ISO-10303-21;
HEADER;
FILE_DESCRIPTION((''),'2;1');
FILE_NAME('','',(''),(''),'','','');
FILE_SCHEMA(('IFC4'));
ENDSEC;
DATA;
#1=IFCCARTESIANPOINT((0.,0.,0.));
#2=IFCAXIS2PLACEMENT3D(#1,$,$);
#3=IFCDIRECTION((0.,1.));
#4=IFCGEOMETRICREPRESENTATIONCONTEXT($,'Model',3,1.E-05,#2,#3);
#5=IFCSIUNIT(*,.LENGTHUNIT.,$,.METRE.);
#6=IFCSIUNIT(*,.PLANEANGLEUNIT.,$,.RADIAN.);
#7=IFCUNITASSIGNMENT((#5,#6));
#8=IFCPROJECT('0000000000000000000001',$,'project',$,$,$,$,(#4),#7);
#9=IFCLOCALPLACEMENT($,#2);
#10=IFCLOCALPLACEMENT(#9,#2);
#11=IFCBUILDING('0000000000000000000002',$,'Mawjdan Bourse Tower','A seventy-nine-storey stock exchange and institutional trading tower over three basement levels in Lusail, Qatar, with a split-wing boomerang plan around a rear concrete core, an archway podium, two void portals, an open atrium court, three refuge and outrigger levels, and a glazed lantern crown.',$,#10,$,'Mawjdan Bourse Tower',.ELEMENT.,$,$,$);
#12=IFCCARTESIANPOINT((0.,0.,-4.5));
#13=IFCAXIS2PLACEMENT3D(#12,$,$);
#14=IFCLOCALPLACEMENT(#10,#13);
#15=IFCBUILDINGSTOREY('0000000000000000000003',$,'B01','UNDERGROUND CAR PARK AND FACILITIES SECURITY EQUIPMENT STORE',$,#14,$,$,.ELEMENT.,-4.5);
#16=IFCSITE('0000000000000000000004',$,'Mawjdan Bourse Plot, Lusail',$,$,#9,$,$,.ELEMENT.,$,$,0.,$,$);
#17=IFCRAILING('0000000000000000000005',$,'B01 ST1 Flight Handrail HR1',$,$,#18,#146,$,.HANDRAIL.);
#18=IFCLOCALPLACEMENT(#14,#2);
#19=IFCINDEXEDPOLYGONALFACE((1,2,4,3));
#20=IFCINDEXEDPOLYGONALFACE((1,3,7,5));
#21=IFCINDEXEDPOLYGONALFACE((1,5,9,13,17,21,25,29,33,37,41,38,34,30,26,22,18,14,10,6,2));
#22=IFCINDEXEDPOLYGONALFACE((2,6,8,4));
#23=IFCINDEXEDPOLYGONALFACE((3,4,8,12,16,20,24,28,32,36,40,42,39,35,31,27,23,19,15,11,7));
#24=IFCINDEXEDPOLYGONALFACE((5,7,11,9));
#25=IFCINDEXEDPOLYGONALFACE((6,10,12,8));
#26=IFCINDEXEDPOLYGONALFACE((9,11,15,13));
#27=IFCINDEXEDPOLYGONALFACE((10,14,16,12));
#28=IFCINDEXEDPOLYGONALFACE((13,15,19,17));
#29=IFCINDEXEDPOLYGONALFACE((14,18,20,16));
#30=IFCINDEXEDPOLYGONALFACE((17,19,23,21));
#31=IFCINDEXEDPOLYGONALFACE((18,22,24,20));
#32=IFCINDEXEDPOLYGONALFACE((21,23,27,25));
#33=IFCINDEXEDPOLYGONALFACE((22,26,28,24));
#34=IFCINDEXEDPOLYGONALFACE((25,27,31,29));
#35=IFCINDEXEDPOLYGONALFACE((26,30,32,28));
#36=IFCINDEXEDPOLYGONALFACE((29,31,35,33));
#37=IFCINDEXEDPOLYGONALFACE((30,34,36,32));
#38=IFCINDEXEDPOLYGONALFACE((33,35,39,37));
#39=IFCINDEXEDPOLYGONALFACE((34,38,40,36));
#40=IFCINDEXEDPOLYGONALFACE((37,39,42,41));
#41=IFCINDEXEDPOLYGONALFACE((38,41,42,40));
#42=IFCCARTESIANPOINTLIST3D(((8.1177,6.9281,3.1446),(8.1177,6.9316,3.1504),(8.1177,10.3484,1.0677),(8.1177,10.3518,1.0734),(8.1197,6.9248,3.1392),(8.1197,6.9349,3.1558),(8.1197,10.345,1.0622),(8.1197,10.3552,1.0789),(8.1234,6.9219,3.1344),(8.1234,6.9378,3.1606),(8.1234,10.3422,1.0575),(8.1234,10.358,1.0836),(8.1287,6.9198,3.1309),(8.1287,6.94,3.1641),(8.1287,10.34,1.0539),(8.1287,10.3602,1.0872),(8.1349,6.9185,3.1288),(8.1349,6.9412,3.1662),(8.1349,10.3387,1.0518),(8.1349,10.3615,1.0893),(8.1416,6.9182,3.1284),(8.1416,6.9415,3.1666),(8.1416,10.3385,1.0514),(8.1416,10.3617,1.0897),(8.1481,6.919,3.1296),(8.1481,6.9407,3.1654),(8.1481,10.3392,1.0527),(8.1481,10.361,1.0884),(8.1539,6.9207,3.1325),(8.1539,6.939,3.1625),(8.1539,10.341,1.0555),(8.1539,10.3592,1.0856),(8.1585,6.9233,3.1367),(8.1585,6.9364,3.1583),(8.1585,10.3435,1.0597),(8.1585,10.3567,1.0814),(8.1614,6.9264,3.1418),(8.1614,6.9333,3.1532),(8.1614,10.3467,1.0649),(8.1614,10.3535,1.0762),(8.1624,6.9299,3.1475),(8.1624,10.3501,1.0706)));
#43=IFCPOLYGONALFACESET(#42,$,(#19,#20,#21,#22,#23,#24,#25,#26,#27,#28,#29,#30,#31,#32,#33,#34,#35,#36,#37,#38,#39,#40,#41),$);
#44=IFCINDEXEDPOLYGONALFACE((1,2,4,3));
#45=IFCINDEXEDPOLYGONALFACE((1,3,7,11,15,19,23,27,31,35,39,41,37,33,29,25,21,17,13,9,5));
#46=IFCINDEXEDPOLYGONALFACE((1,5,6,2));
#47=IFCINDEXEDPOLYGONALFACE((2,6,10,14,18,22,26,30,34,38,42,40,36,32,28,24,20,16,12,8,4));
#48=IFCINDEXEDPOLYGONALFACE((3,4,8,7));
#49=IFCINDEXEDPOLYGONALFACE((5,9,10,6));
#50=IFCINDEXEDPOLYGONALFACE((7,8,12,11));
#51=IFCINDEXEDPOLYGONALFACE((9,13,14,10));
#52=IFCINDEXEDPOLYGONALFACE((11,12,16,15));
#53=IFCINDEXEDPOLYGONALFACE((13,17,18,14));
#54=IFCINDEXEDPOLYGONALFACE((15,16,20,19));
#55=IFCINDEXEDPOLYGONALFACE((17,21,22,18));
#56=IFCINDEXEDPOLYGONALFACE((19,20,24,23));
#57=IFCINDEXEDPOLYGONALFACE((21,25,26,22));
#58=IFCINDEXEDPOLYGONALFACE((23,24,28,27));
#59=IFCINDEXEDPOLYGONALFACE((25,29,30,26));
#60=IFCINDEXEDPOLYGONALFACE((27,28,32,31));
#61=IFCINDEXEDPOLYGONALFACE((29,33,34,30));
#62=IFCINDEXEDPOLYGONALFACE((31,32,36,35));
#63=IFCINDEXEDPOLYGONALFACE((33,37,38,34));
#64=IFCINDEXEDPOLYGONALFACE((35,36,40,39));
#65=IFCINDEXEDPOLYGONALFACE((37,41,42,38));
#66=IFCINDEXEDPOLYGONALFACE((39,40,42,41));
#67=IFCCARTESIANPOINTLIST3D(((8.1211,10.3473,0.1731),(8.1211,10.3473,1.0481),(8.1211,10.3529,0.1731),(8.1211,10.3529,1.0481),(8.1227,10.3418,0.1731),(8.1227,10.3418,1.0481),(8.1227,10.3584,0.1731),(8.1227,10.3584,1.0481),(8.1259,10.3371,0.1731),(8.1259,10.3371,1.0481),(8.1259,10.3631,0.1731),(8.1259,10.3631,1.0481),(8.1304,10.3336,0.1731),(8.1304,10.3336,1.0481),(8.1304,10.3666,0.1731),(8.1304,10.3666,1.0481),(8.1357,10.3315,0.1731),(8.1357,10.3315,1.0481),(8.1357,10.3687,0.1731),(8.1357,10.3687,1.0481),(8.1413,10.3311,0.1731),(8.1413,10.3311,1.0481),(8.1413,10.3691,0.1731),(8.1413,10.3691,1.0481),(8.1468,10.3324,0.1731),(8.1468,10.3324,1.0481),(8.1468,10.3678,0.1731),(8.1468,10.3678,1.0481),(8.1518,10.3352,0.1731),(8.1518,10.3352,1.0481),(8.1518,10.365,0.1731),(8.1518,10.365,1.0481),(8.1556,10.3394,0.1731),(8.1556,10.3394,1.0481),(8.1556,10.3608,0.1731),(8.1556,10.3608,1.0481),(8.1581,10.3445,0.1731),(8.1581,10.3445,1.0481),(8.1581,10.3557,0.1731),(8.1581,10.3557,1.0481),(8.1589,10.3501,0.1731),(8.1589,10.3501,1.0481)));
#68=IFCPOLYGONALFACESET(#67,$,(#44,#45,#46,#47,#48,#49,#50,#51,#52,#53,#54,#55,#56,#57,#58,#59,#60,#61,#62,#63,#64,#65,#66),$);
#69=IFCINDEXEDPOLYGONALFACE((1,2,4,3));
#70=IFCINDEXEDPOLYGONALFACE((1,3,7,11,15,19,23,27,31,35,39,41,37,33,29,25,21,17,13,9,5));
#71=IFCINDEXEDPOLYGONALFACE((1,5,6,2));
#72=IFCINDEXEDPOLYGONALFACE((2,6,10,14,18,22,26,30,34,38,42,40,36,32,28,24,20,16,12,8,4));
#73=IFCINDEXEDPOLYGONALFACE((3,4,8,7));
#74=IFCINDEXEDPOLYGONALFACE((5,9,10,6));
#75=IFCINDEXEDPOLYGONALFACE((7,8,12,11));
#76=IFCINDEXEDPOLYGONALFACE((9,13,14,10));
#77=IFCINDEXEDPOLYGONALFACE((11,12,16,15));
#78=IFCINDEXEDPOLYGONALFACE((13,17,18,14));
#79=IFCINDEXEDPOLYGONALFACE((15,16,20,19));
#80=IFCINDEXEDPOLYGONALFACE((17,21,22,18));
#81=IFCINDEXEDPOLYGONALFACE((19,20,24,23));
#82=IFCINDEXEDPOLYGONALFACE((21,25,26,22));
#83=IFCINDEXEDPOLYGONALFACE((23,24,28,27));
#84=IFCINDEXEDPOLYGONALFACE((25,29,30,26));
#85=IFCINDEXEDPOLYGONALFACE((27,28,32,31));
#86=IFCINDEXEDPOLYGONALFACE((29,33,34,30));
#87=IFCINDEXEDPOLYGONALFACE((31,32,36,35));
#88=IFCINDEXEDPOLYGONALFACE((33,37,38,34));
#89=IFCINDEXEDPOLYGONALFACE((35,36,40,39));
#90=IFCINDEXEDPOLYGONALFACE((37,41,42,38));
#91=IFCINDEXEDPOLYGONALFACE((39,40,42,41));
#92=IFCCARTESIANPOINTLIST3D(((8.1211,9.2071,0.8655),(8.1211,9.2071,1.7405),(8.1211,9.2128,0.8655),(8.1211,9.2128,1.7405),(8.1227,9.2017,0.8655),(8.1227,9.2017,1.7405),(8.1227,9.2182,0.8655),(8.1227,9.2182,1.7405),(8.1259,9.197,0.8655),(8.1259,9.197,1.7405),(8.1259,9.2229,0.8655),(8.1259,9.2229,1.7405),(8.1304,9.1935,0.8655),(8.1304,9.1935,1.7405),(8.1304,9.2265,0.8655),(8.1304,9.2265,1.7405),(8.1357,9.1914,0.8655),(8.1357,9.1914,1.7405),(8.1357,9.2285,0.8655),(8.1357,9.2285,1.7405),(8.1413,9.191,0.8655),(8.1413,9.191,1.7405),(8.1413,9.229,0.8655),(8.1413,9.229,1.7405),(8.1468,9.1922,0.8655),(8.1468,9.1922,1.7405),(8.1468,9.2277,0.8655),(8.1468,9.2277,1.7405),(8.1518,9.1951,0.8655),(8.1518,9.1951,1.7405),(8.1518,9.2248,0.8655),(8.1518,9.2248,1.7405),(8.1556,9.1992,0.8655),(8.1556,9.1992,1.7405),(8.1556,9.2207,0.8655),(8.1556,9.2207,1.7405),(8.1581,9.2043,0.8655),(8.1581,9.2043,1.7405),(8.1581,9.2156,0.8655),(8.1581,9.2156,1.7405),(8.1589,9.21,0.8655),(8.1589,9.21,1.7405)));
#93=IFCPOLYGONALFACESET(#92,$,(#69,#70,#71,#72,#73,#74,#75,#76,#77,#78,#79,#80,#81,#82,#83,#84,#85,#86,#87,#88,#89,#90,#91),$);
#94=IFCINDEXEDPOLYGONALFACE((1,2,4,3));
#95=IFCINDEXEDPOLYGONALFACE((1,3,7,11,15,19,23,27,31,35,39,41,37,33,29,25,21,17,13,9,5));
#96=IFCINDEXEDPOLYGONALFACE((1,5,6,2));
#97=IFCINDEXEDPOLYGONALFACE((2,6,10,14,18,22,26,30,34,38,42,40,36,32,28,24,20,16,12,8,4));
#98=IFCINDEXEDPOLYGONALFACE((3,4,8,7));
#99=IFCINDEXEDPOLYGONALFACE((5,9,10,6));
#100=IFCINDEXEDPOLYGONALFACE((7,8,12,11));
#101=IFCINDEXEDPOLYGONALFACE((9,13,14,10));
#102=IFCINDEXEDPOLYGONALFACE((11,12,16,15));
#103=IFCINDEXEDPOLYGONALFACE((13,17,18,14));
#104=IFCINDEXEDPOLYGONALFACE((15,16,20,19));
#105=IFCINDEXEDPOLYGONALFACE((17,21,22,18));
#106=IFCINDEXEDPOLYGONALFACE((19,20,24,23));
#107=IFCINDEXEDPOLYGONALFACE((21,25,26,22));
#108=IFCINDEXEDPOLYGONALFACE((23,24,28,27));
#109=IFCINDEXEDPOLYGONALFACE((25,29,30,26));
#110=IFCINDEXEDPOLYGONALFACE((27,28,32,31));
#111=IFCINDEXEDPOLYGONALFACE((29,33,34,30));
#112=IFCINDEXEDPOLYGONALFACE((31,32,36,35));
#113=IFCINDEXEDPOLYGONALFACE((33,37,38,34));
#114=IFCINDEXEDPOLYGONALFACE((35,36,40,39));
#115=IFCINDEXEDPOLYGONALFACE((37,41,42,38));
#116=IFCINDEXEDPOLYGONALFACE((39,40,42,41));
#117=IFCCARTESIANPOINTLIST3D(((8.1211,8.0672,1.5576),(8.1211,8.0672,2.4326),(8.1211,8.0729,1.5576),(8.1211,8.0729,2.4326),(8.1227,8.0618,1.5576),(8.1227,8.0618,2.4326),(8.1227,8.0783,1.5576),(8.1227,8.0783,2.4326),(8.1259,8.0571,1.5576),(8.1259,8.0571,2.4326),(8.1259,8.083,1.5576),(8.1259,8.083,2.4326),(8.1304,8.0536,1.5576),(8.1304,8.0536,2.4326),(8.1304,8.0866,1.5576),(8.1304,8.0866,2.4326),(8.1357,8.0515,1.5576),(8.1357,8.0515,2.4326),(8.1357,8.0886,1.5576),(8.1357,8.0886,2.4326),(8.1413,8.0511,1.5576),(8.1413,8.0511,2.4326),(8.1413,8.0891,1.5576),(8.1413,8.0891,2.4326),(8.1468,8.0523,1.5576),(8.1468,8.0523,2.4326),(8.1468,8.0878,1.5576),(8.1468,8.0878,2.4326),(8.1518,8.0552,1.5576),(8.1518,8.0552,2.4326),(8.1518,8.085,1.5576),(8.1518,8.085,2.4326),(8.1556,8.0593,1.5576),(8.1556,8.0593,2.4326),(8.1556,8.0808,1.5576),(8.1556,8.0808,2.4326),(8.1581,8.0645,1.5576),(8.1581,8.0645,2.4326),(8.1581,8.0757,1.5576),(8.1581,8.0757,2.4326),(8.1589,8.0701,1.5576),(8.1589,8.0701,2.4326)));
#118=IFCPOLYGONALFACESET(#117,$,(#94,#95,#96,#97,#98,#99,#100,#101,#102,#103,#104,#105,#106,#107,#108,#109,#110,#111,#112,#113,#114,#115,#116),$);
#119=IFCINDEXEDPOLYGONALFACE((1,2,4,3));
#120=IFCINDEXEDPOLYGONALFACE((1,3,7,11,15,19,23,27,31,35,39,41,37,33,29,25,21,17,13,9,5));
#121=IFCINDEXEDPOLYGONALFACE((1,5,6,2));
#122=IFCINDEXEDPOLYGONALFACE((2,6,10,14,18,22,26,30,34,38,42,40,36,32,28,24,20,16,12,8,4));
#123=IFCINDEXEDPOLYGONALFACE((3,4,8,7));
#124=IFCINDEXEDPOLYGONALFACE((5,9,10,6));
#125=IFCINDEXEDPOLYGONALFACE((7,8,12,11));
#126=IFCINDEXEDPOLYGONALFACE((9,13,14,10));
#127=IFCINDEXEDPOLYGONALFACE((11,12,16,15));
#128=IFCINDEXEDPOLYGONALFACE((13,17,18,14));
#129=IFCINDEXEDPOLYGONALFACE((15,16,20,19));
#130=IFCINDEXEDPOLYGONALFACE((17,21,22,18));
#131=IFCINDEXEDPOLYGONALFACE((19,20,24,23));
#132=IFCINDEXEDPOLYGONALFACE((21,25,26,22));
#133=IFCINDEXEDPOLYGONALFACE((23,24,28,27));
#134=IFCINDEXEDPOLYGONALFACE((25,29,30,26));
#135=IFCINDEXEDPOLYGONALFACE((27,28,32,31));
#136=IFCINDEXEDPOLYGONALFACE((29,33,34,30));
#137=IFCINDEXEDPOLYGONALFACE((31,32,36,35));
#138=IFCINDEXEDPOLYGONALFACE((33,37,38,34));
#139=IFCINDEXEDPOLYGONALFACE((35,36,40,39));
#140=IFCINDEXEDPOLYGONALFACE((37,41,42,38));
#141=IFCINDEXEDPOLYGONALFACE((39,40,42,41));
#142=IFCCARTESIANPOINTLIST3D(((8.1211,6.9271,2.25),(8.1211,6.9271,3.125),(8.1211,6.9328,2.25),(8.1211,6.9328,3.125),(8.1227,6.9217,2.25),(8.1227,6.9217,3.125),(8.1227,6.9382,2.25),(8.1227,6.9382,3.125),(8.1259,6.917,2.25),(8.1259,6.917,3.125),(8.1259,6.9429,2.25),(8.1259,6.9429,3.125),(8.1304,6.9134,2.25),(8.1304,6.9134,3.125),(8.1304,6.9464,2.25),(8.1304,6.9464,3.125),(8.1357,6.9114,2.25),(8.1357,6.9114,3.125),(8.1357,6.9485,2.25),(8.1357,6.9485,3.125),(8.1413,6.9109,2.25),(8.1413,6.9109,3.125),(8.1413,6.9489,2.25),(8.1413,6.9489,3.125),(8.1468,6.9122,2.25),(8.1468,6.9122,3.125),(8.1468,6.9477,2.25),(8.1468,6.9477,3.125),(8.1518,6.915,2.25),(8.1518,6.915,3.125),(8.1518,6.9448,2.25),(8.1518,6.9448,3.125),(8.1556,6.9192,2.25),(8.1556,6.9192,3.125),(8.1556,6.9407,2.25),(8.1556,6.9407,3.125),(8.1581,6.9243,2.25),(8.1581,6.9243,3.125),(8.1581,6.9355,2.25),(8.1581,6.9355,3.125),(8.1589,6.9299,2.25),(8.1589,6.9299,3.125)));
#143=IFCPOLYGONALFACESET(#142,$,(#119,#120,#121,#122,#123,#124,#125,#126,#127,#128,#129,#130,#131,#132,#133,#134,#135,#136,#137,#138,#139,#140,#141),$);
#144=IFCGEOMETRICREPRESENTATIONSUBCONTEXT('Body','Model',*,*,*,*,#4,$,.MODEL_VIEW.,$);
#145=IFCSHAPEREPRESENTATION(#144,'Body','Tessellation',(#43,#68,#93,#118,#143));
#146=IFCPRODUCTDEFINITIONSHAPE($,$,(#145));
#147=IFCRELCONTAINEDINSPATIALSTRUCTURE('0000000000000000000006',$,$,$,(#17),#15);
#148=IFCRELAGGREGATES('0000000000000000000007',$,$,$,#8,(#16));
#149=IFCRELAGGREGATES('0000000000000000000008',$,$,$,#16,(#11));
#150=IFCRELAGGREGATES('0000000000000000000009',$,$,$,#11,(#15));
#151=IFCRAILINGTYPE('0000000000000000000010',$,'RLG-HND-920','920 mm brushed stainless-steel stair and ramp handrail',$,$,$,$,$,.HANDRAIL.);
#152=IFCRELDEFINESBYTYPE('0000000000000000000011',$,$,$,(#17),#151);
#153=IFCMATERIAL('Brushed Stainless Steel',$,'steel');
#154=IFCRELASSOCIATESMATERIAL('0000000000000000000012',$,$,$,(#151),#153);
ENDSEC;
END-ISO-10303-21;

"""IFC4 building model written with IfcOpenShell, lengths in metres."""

from ifc_helpers import new_model, si_unit, direction, frame, origin, origin_2d, place, context, subcontext, project, spatial, circle, extrude, material, type_object, element, save


model = new_model("IFC4")

# Units and contexts
model_context = context("Model", 3, precision=1e-05, world=origin(), true_north=direction((0.0, 1.0)))
body_context = subcontext(model_context, "Body", "Model", "MODEL_VIEW")
ifc_project = project(units=[si_unit("LENGTHUNIT", "METRE"), si_unit("PLANEANGLEUNIT", "RADIAN")], contexts=[model_context])

# Site, building, storey
site_placement = place(None, origin())
site = spatial("IfcSite", under=ifc_project, at=site_placement, Name="Mawjdan Bourse Plot, Lusail", CompositionType="ELEMENT", RefElevation=0.0)
building_placement = place(site_placement, origin())
building = spatial("IfcBuilding", under=site, at=building_placement, Name="Mawjdan Bourse Tower", Description="A seventy-nine-storey stock exchange and institutional trading tower over three basement levels in Lusail, Qatar, with a split-wing boomerang plan around a rear concrete core, an archway podium, two void portals, an open atrium court, three refuge and outrigger levels, and a glazed lantern crown.", LongName="Mawjdan Bourse Tower", CompositionType="ELEMENT")
storey_placement = place(building_placement, frame((0.0, 0.0, -4.5)))
storey = spatial("IfcBuildingStorey", under=building, at=storey_placement, Name="B01", Description="UNDERGROUND CAR PARK AND FACILITIES SECURITY EQUIPMENT STORE", CompositionType="ELEMENT", Elevation=-4.5)

# Shared definitions
ifc_material_1 = material(Name="Brushed Stainless Steel", Category="steel")

# Railing
railing_type_1 = type_object("IfcRailingType", Name="RLG-HND-920", Description="920 mm brushed stainless-steel stair and ramp handrail", PredefinedType="HANDRAIL", material=ifc_material_1)
railing_1_placement = place(storey_placement, frame((8.1399, 10.3501, 0.1731)))
element("IfcRailing", 1, at=railing_1_placement, inside=storey, type_object=railing_type_1, Name="B01 ST1 Flight Handrail HR1", PredefinedType="HANDRAIL", context=body_context, shape_type="SweptSolid", body=[
    extrude(circle(Radius=0.0225, at=origin_2d()), frame((0.0, 0.0, 0.8975), z_axis=(0.0, -0.854746, 0.519047), x_axis=(1.0, 0.0, 0.0)), (0.0, 0.0, 1.0), 4.0015),
    extrude(circle(Radius=0.019, at=origin_2d()), origin(), (0.0, 0.0, 1.0), 0.875),
    extrude(circle(Radius=0.019, at=origin_2d()), frame((0.0, -1.1401, 0.6924)), (0.0, 0.0, 1.0), 0.875),
    extrude(circle(Radius=0.019, at=origin_2d()), frame((0.0, -2.28, 1.3845)), (0.0, 0.0, 1.0), 0.875),
    extrude(circle(Radius=0.019, at=origin_2d()), frame((0.0, -3.4202, 2.0769)), (0.0, 0.0, 1.0), 0.875),
])

save(model, "model.ifc")
